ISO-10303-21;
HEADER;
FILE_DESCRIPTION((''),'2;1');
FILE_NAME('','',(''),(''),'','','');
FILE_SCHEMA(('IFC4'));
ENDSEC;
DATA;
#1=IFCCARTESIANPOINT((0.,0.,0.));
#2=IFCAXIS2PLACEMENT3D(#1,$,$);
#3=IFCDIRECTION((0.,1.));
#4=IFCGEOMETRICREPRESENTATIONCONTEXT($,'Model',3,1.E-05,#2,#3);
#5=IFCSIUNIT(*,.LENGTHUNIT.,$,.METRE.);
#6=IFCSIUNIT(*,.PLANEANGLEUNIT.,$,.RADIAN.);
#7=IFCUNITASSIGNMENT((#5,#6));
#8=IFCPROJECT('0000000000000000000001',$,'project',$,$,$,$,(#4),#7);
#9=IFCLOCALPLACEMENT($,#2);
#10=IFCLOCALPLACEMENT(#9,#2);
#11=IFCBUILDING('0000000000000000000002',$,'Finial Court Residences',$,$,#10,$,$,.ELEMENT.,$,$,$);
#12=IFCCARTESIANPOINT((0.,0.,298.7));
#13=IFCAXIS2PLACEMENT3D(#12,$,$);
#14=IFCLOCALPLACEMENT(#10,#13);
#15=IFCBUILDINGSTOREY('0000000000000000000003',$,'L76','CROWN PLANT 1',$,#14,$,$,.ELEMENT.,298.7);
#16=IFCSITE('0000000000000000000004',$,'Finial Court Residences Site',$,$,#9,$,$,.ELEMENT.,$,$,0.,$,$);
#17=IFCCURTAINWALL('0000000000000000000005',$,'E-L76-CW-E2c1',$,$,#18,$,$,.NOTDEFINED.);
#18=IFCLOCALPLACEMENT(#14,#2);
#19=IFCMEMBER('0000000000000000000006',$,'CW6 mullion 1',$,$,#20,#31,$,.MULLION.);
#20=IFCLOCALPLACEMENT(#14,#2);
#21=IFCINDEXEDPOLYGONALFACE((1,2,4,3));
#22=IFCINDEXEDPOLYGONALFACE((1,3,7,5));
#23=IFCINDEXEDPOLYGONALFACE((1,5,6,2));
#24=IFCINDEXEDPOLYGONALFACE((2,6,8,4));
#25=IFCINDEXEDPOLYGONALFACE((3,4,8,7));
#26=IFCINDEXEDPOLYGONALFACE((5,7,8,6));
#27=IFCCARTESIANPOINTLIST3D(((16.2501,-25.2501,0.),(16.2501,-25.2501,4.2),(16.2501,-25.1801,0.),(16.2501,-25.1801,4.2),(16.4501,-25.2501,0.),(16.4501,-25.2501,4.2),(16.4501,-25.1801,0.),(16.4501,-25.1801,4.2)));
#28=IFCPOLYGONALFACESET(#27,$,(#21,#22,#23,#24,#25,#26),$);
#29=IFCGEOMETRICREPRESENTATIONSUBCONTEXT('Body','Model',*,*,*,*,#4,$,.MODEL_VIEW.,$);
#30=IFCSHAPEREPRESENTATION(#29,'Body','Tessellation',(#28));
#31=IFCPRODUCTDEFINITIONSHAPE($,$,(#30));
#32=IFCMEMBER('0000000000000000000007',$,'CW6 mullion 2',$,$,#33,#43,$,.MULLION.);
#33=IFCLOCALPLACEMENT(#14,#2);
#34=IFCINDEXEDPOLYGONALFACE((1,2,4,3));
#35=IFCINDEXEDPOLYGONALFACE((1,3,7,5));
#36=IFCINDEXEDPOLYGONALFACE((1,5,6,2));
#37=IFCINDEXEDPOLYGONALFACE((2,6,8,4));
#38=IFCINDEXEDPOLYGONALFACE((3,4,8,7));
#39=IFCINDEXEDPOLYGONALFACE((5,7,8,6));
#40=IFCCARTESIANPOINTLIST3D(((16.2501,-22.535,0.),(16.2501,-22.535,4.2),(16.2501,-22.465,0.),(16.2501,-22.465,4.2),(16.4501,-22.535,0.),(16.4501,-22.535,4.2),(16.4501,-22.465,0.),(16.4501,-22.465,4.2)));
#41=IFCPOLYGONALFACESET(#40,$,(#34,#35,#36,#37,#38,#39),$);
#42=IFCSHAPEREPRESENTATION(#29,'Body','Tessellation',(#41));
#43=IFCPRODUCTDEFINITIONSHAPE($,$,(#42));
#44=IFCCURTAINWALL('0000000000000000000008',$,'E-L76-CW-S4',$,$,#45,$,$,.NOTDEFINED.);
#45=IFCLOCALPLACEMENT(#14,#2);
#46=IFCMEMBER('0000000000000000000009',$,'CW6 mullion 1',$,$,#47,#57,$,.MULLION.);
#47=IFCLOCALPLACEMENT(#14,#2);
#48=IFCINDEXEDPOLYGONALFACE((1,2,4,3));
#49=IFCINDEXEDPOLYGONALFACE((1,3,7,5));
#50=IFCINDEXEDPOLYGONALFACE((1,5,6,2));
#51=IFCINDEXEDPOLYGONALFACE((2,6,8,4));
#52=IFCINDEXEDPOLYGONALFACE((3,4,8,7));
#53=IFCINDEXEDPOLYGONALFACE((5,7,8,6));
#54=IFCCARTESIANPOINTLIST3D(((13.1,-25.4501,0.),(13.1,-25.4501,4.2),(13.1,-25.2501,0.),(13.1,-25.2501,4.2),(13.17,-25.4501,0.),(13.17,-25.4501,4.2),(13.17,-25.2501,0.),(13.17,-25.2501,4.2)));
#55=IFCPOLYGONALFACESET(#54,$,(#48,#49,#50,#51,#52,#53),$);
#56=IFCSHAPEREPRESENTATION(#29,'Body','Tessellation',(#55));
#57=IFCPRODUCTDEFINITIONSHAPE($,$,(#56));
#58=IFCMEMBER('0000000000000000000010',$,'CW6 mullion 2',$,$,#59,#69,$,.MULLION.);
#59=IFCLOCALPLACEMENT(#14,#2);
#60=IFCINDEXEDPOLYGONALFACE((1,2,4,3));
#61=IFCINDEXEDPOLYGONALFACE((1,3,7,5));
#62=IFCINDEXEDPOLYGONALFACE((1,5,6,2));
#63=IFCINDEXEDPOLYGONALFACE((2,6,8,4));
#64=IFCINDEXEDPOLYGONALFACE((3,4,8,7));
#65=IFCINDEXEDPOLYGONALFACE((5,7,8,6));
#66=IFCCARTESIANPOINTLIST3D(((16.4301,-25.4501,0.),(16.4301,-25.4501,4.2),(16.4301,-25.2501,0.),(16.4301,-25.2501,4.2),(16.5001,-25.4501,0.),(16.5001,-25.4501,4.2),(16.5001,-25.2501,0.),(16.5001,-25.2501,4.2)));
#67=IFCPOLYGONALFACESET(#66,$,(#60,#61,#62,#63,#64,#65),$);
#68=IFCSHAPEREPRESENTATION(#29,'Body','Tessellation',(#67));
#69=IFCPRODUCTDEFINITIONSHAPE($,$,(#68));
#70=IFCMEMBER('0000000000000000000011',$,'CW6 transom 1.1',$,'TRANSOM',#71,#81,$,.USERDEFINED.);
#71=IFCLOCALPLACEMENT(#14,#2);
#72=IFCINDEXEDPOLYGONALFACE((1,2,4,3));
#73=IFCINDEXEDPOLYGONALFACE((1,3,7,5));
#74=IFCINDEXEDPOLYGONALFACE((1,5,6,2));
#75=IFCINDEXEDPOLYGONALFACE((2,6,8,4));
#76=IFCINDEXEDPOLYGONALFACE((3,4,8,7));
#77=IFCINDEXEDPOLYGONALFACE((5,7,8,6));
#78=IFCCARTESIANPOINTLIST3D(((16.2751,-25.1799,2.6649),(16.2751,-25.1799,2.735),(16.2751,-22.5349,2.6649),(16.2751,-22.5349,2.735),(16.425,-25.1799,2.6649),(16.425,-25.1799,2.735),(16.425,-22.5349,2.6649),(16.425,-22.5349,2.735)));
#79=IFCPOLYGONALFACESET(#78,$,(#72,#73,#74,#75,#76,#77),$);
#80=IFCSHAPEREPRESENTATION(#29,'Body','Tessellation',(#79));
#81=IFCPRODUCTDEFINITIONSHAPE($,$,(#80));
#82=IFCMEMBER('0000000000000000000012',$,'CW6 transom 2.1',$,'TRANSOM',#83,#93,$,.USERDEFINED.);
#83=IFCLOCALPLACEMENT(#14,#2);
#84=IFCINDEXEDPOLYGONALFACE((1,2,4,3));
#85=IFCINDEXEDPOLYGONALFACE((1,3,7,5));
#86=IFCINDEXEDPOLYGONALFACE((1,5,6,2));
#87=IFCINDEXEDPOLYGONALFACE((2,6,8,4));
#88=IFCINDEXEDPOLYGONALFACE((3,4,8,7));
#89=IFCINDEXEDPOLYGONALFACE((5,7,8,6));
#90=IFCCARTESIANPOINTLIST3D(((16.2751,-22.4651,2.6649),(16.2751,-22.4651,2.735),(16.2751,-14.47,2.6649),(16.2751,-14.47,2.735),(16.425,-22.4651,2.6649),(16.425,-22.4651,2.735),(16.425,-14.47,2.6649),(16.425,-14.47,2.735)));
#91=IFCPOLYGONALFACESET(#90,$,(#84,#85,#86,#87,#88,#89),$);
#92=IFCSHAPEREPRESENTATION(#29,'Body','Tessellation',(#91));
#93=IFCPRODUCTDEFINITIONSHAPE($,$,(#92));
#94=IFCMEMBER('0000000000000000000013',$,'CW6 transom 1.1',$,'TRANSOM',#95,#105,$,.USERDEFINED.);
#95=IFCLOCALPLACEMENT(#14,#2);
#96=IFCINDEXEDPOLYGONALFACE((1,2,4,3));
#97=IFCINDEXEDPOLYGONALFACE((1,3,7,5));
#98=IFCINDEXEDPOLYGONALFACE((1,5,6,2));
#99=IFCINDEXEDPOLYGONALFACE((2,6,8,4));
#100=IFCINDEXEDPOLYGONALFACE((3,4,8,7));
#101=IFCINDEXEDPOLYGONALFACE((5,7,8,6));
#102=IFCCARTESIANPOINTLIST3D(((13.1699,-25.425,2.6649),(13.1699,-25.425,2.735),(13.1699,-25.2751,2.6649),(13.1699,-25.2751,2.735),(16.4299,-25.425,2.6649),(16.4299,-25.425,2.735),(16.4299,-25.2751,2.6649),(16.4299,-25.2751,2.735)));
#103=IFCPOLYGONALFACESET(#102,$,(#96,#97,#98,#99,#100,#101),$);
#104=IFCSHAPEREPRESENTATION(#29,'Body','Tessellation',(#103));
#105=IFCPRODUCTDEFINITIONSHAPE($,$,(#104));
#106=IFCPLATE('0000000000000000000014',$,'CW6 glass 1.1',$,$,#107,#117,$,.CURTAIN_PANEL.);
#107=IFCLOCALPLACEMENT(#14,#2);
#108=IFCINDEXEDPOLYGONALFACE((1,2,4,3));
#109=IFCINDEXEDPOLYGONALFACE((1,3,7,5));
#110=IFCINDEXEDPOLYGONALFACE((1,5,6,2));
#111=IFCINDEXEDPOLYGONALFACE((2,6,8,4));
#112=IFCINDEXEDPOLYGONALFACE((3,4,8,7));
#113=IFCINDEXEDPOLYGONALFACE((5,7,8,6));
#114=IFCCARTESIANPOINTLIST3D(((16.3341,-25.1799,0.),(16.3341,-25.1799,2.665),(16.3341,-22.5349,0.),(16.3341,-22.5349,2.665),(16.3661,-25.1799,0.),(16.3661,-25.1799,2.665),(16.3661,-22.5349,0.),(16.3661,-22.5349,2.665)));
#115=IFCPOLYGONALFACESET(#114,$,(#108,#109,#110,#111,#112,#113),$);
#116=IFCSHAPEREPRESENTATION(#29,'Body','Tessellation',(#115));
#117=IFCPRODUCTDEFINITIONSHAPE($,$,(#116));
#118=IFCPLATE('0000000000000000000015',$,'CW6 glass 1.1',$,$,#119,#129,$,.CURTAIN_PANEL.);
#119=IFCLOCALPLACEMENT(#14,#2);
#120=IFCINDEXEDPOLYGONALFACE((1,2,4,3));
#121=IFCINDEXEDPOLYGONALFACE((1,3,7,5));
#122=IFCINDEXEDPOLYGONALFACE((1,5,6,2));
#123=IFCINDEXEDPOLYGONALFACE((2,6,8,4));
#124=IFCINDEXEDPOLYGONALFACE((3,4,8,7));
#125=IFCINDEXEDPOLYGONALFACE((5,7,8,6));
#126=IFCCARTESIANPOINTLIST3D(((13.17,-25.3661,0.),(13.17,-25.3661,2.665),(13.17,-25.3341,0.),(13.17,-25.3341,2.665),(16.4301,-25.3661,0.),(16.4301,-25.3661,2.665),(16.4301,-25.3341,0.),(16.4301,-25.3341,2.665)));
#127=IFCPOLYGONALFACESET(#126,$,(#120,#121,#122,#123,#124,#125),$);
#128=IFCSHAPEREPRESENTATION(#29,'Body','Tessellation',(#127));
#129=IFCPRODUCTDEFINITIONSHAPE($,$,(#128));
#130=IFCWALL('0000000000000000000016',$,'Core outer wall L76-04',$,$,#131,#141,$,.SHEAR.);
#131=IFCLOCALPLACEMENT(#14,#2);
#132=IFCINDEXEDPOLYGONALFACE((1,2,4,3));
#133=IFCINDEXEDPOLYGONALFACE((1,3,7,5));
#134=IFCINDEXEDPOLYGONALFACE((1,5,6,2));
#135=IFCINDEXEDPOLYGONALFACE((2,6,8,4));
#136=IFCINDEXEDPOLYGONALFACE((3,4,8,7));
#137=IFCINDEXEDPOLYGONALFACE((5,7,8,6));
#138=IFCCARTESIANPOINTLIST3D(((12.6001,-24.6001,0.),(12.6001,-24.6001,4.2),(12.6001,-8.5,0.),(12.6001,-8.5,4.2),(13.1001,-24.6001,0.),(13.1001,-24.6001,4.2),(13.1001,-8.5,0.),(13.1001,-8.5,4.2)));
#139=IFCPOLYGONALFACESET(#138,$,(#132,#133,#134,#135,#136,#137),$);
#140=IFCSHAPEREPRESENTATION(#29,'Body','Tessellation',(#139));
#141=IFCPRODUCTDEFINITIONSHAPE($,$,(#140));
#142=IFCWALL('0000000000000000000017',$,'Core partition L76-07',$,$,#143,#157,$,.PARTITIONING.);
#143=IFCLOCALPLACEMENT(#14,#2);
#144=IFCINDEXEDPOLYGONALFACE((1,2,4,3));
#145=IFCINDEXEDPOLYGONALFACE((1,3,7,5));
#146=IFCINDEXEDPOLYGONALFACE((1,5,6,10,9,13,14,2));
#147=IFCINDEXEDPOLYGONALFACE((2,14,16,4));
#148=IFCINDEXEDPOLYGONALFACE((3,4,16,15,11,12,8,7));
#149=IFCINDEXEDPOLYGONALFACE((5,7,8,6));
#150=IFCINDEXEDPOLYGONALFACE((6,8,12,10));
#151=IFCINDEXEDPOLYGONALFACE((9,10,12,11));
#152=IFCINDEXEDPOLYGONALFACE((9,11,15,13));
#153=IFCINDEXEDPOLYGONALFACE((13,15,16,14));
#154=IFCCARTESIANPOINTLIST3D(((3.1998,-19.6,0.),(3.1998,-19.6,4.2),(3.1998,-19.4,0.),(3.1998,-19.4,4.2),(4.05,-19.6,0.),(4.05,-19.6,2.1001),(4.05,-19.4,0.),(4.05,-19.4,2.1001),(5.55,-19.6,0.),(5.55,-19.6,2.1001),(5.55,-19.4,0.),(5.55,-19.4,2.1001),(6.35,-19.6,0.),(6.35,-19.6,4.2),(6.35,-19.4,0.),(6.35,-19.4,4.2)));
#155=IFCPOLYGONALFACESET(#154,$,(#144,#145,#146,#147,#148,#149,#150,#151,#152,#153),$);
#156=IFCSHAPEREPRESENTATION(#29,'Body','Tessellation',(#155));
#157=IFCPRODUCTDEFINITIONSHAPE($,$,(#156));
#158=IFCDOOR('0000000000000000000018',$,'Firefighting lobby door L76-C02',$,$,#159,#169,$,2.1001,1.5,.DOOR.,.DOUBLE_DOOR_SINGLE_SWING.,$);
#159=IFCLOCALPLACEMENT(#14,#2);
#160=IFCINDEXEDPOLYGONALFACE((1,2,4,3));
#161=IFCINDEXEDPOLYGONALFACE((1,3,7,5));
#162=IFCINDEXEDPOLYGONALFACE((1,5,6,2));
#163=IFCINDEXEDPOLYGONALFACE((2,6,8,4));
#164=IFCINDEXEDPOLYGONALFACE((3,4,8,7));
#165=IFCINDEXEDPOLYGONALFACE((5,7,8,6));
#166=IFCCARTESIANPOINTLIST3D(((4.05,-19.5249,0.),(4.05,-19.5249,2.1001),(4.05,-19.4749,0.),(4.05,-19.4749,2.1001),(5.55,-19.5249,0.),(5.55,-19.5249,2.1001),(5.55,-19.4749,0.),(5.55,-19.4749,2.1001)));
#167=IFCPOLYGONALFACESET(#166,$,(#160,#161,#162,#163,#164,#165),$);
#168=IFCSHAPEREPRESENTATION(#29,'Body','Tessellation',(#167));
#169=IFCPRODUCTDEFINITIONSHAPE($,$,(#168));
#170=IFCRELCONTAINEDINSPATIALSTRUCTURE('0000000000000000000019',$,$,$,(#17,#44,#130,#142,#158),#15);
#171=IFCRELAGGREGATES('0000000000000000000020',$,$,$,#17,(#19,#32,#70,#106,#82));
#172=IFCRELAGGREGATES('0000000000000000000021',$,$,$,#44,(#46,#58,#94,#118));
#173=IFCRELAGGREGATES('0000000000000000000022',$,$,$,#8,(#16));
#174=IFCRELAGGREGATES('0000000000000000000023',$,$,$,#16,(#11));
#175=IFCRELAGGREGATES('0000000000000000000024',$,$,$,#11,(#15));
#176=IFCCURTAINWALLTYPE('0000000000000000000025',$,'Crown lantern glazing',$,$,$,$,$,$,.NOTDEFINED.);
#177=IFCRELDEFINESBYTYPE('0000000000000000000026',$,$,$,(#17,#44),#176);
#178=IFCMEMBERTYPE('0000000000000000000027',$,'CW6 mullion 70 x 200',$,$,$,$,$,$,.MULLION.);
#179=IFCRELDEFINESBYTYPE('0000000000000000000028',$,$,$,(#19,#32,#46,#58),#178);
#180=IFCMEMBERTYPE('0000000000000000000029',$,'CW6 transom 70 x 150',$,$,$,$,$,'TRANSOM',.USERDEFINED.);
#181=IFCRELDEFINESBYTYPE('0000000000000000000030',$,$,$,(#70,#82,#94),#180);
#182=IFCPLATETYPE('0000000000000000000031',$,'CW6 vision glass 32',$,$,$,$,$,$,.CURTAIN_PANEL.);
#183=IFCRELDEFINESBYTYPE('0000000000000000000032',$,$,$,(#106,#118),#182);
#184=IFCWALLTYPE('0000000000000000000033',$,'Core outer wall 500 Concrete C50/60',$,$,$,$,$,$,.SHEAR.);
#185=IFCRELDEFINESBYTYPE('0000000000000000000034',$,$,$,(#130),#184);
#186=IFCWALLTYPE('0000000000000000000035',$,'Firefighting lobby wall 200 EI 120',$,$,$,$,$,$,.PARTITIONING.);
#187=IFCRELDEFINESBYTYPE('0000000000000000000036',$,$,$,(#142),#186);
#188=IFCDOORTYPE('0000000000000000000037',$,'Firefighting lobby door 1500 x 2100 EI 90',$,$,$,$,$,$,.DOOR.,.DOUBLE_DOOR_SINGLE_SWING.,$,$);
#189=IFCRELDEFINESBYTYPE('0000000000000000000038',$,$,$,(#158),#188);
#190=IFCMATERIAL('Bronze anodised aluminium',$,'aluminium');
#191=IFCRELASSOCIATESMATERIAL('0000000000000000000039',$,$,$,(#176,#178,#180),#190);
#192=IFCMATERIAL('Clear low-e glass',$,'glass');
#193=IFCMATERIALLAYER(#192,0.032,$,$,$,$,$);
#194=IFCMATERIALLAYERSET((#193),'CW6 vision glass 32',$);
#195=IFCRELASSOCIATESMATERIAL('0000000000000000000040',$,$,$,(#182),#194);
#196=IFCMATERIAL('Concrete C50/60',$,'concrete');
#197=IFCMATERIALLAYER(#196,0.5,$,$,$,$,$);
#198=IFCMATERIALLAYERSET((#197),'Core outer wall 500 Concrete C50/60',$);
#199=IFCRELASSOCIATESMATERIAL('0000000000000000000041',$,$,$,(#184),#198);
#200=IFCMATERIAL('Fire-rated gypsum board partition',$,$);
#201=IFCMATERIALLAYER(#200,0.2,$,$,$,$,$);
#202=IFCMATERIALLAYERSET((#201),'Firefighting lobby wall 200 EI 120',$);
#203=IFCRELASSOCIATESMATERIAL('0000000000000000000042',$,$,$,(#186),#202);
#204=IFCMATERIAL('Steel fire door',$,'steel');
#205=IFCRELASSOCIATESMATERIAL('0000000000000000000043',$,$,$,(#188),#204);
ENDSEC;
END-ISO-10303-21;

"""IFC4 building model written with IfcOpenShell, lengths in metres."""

from ifc_helpers import new_model, si_unit, direction, frame, frame_2d, origin, origin_2d, place, context, subcontext, project, spatial, rectangle, extrude, material, layer, layer_set, material_profile, profile_set, type_object, element, fill, aggregate, save


model = new_model("IFC4")

# Units and contexts
model_context = context("Model", 3, precision=1e-05, world=origin(), true_north=direction((0.0, 1.0)))
body_context = subcontext(model_context, "Body", "Model", "MODEL_VIEW")
ifc_project = project(units=[si_unit("LENGTHUNIT", "METRE"), si_unit("PLANEANGLEUNIT", "RADIAN")], contexts=[model_context])

# Site, building, storey
site_placement = place(None, origin())
site = spatial("IfcSite", under=ifc_project, at=site_placement, Name="Finial Court Residences Site", CompositionType="ELEMENT", RefElevation=0.0)
building_placement = place(site_placement, origin())
building = spatial("IfcBuilding", under=site, at=building_placement, Name="Finial Court Residences", CompositionType="ELEMENT")
storey_placement = place(building_placement, frame((0.0, 0.0, 298.7)))
storey = spatial("IfcBuildingStorey", under=building, at=storey_placement, Name="L76", Description="CROWN PLANT 1", CompositionType="ELEMENT", Elevation=298.7)

# Curtain walls, members
ifc_material_1 = material(Name="Bronze anodised aluminium", Category="aluminium")
curtain_wall_type = type_object("IfcCurtainWallType", Name="Crown lantern glazing", PredefinedType="NOTDEFINED", material=ifc_material_1)
curtain_wall_1_placement = place(storey_placement, origin())
curtain_wall_1 = element("IfcCurtainWall", 1, at=curtain_wall_1_placement, inside=storey, type_object=curtain_wall_type, Name="E-L76-CW-E2c1", PredefinedType="NOTDEFINED")
ifc_material_profile_1 = material_profile(ifc_material_1, rectangle(XDim=0.2, YDim=0.0701, at=origin_2d()), Name="CW6 mullion 70 x 200")
ifc_profile_set_1 = profile_set([ifc_material_profile_1], Name="Bronze anodised aluminium")
member_type_1 = type_object("IfcMemberType", Name="CW6 mullion 70 x 200", PredefinedType="MULLION", material=ifc_profile_set_1)
member_1_placement = place(storey_placement, frame((16.3501, -25.2151, 0.0), z_axis=(0.0, 0.0, 1.0), x_axis=(-1.0, 0.0, 0.0)))
member_1 = element("IfcMember", 2, at=member_1_placement, type_object=member_type_1, Name="CW6 mullion 1", PredefinedType="MULLION", context=body_context, shape_type="SweptSolid", body=[
    extrude(rectangle(XDim=0.2, YDim=0.0701, at=origin_2d()), origin(), (0.0, 0.0, 1.0), 4.2),
])
member_2_placement = place(storey_placement, frame((16.3501, -22.5, 0.0), z_axis=(0.0, 0.0, 1.0), x_axis=(-1.0, 0.0, 0.0)))
member_2 = element("IfcMember", 3, at=member_2_placement, type_object=member_type_1, Name="CW6 mullion 2", PredefinedType="MULLION", context=body_context, shape_type="SweptSolid", body=[
    extrude(rectangle(XDim=0.2, YDim=0.0701, at=origin_2d()), origin(), (0.0, 0.0, 1.0), 4.2),
])
curtain_wall_2_placement = place(storey_placement, origin())
curtain_wall_2 = element("IfcCurtainWall", 4, at=curtain_wall_2_placement, inside=storey, type_object=curtain_wall_type, Name="E-L76-CW-S4", PredefinedType="NOTDEFINED")
member_3_placement = place(storey_placement, frame((13.135, -25.3501, 0.0), z_axis=(0.0, 0.0, 1.0), x_axis=(0.0, 1.0, 0.0)))
member_3 = element("IfcMember", 5, at=member_3_placement, type_object=member_type_1, Name="CW6 mullion 1", PredefinedType="MULLION", context=body_context, shape_type="SweptSolid", body=[
    extrude(rectangle(XDim=0.2, YDim=0.0701, at=origin_2d()), origin(), (0.0, 0.0, 1.0), 4.2),
])
member_4_placement = place(storey_placement, frame((16.4651, -25.3501, 0.0), z_axis=(0.0, 0.0, 1.0), x_axis=(0.0, 1.0, 0.0)))
member_4 = element("IfcMember", 6, at=member_4_placement, type_object=member_type_1, Name="CW6 mullion 2", PredefinedType="MULLION", context=body_context, shape_type="SweptSolid", body=[
    extrude(rectangle(XDim=0.2, YDim=0.0701, at=origin_2d()), origin(), (0.0, 0.0, 1.0), 4.2),
])

# Members
ifc_material_profile_2 = material_profile(ifc_material_1, rectangle(XDim=0.1499, YDim=0.0701, at=origin_2d()), Name="CW6 transom 70 x 150")
ifc_profile_set_2 = profile_set([ifc_material_profile_2], Name="Bronze anodised aluminium")
member_type_2 = type_object("IfcMemberType", Name="CW6 transom 70 x 150", ElementType="TRANSOM", PredefinedType="USERDEFINED", material=ifc_profile_set_2)
member_5_placement = place(storey_placement, frame((16.3501, -25.1799, 2.7), z_axis=(0.0, 1.0, 0.0), x_axis=(-1.0, 0.0, 0.0)))
member_5 = element("IfcMember", 7, at=member_5_placement, type_object=member_type_2, Name="CW6 transom 1.1", ObjectType="TRANSOM", PredefinedType="USERDEFINED", context=body_context, shape_type="SweptSolid", body=[
    extrude(rectangle(XDim=0.1499, YDim=0.0701, at=origin_2d()), origin(), (0.0, 0.0, 1.0), 2.645),
])
member_6_placement = place(storey_placement, frame((16.3501, -22.4651, 2.7), z_axis=(0.0, 1.0, 0.0), x_axis=(-1.0, 0.0, 0.0)))
member_6 = element("IfcMember", 8, at=member_6_placement, type_object=member_type_2, Name="CW6 transom 2.1", ObjectType="TRANSOM", PredefinedType="USERDEFINED", context=body_context, shape_type="SweptSolid", body=[
    extrude(rectangle(XDim=0.1499, YDim=0.0701, at=origin_2d()), origin(), (0.0, 0.0, 1.0), 7.9951),
])
member_7_placement = place(storey_placement, frame((13.1699, -25.3501, 2.7), z_axis=(1.0, 0.0, 0.0), x_axis=(0.0, 1.0, 0.0)))
member_7 = element("IfcMember", 9, at=member_7_placement, type_object=member_type_2, Name="CW6 transom 1.1", ObjectType="TRANSOM", PredefinedType="USERDEFINED", context=body_context, shape_type="SweptSolid", body=[
    extrude(rectangle(XDim=0.1499, YDim=0.0701, at=origin_2d()), origin(), (0.0, 0.0, 1.0), 3.26),
])

# Plates
ifc_material_2 = material(Name="Clear low-e glass", Category="glass")
ifc_layer_1 = layer(ifc_material_2, 0.032)
ifc_layer_set_1 = layer_set([ifc_layer_1], Name="CW6 vision glass 32")
plate_type = type_object("IfcPlateType", Name="CW6 vision glass 32", PredefinedType="CURTAIN_PANEL", material=ifc_layer_set_1)
plate_1_placement = place(storey_placement, frame((16.3501, -23.8574, 0.0), z_axis=(0.0, 0.0, 1.0), x_axis=(0.0, 1.0, 0.0)))
plate_1 = element("IfcPlate", 10, at=plate_1_placement, type_object=plate_type, Name="CW6 glass 1.1", PredefinedType="CURTAIN_PANEL", context=body_context, shape_type="SweptSolid", body=[
    extrude(rectangle(XDim=2.645, YDim=0.032, at=origin_2d()), origin(), (0.0, 0.0, 1.0), 2.665),
])
plate_2_placement = place(storey_placement, frame((14.8, -25.3501, 0.0), z_axis=(0.0, 0.0, 1.0), x_axis=(1.0, 0.0, 0.0)))
plate_2 = element("IfcPlate", 11, at=plate_2_placement, type_object=plate_type, Name="CW6 glass 1.1", PredefinedType="CURTAIN_PANEL", context=body_context, shape_type="SweptSolid", body=[
    extrude(rectangle(XDim=3.26, YDim=0.032, at=origin_2d()), origin(), (0.0, 0.0, 1.0), 2.665),
])

# Wall
ifc_material_3 = material(Name="Concrete C50/60", Category="concrete")
ifc_layer_2 = layer(ifc_material_3, 0.5)
ifc_layer_set_2 = layer_set([ifc_layer_2], Name="Core outer wall 500 Concrete C50/60")
wall_type_1 = type_object("IfcWallType", Name="Core outer wall 500 Concrete C50/60", PredefinedType="SHEAR", material=ifc_layer_set_2)
wall_1_placement = place(storey_placement, frame((12.8501, -24.6001, 0.0), z_axis=(0.0, 0.0, 1.0), x_axis=(0.0, 1.0, 0.0)))
element("IfcWall", 12, at=wall_1_placement, inside=storey, type_object=wall_type_1, Name="Core outer wall L76-04", PredefinedType="SHEAR", context=body_context, shape_type="SweptSolid", body=[
    extrude(rectangle(XDim=16.1001, YDim=0.5, at=frame_2d((8.05, 0.0))), origin(), (0.0, 0.0, 1.0), 4.2),
])

# Wall, opening, door
ifc_material_4 = material(Name="Fire-rated gypsum board partition")
ifc_layer_3 = layer(ifc_material_4, 0.2)
ifc_layer_set_3 = layer_set([ifc_layer_3], Name="Firefighting lobby wall 200 EI 120")
wall_type_2 = type_object("IfcWallType", Name="Firefighting lobby wall 200 EI 120", PredefinedType="PARTITIONING", material=ifc_layer_set_3)
wall_2_placement = place(storey_placement, frame((6.3501, -19.5, 0.0), z_axis=(0.0, 0.0, 1.0), x_axis=(-1.0, 0.0, 0.0)))
wall_2 = element("IfcWall", 13, at=wall_2_placement, inside=storey, type_object=wall_type_2, Name="Core partition L76-07", PredefinedType="PARTITIONING", context=body_context, shape_type="SweptSolid", body=[
    extrude(rectangle(XDim=3.1501, YDim=0.2, at=frame_2d((1.5752, 0.0))), origin(), (0.0, 0.0, 1.0), 4.2),
])
opening_1_placement = place(wall_2_placement, frame((0.8, 0.0, 0.0)))
opening_1 = element("IfcOpeningElement", 14, at=opening_1_placement, cuts=wall_2, PredefinedType="OPENING", context=body_context, shape_type="SweptSolid", body=[
    extrude(rectangle(XDim=1.5, YDim=2.1001, at=frame_2d((0.75, 1.05))), frame((0.0, 0.1099, 0.0), z_axis=(0.0, -1.0, 0.0), x_axis=(1.0, 0.0, 0.0)), (0.0, 0.0, 1.0), 0.22),
])
ifc_material_5 = material(Name="Steel fire door", Category="steel")
door_type_1 = type_object("IfcDoorType", Name="Firefighting lobby door 1500 x 2100 EI 90", OperationType="DOUBLE_DOOR_SINGLE_SWING", PredefinedType="DOOR", material=ifc_material_5)
door_1_placement = place(opening_1_placement, origin())
door_1 = element("IfcDoor", 15, at=door_1_placement, inside=storey, type_object=door_type_1, Name="Firefighting lobby door L76-C02", OperationType="DOUBLE_DOOR_SINGLE_SWING", OverallHeight=2.1001, OverallWidth=1.5, PredefinedType="DOOR", context=body_context, shape_type="SweptSolid", body=[
    extrude(rectangle(XDim=1.5, YDim=2.1001, at=frame_2d((0.75, 1.05))), frame((0.0, 0.0249, 0.0), z_axis=(0.0, -1.0, 0.0), x_axis=(1.0, 0.0, 0.0)), (0.0, 0.0, 1.0), 0.05),
])
fill(opening_1, door_1)

aggregate(curtain_wall_1, [member_1, member_2, member_5, plate_1, member_6])
aggregate(curtain_wall_2, [member_3, member_4, member_7, plate_2])

save(model, "model.ifc")
